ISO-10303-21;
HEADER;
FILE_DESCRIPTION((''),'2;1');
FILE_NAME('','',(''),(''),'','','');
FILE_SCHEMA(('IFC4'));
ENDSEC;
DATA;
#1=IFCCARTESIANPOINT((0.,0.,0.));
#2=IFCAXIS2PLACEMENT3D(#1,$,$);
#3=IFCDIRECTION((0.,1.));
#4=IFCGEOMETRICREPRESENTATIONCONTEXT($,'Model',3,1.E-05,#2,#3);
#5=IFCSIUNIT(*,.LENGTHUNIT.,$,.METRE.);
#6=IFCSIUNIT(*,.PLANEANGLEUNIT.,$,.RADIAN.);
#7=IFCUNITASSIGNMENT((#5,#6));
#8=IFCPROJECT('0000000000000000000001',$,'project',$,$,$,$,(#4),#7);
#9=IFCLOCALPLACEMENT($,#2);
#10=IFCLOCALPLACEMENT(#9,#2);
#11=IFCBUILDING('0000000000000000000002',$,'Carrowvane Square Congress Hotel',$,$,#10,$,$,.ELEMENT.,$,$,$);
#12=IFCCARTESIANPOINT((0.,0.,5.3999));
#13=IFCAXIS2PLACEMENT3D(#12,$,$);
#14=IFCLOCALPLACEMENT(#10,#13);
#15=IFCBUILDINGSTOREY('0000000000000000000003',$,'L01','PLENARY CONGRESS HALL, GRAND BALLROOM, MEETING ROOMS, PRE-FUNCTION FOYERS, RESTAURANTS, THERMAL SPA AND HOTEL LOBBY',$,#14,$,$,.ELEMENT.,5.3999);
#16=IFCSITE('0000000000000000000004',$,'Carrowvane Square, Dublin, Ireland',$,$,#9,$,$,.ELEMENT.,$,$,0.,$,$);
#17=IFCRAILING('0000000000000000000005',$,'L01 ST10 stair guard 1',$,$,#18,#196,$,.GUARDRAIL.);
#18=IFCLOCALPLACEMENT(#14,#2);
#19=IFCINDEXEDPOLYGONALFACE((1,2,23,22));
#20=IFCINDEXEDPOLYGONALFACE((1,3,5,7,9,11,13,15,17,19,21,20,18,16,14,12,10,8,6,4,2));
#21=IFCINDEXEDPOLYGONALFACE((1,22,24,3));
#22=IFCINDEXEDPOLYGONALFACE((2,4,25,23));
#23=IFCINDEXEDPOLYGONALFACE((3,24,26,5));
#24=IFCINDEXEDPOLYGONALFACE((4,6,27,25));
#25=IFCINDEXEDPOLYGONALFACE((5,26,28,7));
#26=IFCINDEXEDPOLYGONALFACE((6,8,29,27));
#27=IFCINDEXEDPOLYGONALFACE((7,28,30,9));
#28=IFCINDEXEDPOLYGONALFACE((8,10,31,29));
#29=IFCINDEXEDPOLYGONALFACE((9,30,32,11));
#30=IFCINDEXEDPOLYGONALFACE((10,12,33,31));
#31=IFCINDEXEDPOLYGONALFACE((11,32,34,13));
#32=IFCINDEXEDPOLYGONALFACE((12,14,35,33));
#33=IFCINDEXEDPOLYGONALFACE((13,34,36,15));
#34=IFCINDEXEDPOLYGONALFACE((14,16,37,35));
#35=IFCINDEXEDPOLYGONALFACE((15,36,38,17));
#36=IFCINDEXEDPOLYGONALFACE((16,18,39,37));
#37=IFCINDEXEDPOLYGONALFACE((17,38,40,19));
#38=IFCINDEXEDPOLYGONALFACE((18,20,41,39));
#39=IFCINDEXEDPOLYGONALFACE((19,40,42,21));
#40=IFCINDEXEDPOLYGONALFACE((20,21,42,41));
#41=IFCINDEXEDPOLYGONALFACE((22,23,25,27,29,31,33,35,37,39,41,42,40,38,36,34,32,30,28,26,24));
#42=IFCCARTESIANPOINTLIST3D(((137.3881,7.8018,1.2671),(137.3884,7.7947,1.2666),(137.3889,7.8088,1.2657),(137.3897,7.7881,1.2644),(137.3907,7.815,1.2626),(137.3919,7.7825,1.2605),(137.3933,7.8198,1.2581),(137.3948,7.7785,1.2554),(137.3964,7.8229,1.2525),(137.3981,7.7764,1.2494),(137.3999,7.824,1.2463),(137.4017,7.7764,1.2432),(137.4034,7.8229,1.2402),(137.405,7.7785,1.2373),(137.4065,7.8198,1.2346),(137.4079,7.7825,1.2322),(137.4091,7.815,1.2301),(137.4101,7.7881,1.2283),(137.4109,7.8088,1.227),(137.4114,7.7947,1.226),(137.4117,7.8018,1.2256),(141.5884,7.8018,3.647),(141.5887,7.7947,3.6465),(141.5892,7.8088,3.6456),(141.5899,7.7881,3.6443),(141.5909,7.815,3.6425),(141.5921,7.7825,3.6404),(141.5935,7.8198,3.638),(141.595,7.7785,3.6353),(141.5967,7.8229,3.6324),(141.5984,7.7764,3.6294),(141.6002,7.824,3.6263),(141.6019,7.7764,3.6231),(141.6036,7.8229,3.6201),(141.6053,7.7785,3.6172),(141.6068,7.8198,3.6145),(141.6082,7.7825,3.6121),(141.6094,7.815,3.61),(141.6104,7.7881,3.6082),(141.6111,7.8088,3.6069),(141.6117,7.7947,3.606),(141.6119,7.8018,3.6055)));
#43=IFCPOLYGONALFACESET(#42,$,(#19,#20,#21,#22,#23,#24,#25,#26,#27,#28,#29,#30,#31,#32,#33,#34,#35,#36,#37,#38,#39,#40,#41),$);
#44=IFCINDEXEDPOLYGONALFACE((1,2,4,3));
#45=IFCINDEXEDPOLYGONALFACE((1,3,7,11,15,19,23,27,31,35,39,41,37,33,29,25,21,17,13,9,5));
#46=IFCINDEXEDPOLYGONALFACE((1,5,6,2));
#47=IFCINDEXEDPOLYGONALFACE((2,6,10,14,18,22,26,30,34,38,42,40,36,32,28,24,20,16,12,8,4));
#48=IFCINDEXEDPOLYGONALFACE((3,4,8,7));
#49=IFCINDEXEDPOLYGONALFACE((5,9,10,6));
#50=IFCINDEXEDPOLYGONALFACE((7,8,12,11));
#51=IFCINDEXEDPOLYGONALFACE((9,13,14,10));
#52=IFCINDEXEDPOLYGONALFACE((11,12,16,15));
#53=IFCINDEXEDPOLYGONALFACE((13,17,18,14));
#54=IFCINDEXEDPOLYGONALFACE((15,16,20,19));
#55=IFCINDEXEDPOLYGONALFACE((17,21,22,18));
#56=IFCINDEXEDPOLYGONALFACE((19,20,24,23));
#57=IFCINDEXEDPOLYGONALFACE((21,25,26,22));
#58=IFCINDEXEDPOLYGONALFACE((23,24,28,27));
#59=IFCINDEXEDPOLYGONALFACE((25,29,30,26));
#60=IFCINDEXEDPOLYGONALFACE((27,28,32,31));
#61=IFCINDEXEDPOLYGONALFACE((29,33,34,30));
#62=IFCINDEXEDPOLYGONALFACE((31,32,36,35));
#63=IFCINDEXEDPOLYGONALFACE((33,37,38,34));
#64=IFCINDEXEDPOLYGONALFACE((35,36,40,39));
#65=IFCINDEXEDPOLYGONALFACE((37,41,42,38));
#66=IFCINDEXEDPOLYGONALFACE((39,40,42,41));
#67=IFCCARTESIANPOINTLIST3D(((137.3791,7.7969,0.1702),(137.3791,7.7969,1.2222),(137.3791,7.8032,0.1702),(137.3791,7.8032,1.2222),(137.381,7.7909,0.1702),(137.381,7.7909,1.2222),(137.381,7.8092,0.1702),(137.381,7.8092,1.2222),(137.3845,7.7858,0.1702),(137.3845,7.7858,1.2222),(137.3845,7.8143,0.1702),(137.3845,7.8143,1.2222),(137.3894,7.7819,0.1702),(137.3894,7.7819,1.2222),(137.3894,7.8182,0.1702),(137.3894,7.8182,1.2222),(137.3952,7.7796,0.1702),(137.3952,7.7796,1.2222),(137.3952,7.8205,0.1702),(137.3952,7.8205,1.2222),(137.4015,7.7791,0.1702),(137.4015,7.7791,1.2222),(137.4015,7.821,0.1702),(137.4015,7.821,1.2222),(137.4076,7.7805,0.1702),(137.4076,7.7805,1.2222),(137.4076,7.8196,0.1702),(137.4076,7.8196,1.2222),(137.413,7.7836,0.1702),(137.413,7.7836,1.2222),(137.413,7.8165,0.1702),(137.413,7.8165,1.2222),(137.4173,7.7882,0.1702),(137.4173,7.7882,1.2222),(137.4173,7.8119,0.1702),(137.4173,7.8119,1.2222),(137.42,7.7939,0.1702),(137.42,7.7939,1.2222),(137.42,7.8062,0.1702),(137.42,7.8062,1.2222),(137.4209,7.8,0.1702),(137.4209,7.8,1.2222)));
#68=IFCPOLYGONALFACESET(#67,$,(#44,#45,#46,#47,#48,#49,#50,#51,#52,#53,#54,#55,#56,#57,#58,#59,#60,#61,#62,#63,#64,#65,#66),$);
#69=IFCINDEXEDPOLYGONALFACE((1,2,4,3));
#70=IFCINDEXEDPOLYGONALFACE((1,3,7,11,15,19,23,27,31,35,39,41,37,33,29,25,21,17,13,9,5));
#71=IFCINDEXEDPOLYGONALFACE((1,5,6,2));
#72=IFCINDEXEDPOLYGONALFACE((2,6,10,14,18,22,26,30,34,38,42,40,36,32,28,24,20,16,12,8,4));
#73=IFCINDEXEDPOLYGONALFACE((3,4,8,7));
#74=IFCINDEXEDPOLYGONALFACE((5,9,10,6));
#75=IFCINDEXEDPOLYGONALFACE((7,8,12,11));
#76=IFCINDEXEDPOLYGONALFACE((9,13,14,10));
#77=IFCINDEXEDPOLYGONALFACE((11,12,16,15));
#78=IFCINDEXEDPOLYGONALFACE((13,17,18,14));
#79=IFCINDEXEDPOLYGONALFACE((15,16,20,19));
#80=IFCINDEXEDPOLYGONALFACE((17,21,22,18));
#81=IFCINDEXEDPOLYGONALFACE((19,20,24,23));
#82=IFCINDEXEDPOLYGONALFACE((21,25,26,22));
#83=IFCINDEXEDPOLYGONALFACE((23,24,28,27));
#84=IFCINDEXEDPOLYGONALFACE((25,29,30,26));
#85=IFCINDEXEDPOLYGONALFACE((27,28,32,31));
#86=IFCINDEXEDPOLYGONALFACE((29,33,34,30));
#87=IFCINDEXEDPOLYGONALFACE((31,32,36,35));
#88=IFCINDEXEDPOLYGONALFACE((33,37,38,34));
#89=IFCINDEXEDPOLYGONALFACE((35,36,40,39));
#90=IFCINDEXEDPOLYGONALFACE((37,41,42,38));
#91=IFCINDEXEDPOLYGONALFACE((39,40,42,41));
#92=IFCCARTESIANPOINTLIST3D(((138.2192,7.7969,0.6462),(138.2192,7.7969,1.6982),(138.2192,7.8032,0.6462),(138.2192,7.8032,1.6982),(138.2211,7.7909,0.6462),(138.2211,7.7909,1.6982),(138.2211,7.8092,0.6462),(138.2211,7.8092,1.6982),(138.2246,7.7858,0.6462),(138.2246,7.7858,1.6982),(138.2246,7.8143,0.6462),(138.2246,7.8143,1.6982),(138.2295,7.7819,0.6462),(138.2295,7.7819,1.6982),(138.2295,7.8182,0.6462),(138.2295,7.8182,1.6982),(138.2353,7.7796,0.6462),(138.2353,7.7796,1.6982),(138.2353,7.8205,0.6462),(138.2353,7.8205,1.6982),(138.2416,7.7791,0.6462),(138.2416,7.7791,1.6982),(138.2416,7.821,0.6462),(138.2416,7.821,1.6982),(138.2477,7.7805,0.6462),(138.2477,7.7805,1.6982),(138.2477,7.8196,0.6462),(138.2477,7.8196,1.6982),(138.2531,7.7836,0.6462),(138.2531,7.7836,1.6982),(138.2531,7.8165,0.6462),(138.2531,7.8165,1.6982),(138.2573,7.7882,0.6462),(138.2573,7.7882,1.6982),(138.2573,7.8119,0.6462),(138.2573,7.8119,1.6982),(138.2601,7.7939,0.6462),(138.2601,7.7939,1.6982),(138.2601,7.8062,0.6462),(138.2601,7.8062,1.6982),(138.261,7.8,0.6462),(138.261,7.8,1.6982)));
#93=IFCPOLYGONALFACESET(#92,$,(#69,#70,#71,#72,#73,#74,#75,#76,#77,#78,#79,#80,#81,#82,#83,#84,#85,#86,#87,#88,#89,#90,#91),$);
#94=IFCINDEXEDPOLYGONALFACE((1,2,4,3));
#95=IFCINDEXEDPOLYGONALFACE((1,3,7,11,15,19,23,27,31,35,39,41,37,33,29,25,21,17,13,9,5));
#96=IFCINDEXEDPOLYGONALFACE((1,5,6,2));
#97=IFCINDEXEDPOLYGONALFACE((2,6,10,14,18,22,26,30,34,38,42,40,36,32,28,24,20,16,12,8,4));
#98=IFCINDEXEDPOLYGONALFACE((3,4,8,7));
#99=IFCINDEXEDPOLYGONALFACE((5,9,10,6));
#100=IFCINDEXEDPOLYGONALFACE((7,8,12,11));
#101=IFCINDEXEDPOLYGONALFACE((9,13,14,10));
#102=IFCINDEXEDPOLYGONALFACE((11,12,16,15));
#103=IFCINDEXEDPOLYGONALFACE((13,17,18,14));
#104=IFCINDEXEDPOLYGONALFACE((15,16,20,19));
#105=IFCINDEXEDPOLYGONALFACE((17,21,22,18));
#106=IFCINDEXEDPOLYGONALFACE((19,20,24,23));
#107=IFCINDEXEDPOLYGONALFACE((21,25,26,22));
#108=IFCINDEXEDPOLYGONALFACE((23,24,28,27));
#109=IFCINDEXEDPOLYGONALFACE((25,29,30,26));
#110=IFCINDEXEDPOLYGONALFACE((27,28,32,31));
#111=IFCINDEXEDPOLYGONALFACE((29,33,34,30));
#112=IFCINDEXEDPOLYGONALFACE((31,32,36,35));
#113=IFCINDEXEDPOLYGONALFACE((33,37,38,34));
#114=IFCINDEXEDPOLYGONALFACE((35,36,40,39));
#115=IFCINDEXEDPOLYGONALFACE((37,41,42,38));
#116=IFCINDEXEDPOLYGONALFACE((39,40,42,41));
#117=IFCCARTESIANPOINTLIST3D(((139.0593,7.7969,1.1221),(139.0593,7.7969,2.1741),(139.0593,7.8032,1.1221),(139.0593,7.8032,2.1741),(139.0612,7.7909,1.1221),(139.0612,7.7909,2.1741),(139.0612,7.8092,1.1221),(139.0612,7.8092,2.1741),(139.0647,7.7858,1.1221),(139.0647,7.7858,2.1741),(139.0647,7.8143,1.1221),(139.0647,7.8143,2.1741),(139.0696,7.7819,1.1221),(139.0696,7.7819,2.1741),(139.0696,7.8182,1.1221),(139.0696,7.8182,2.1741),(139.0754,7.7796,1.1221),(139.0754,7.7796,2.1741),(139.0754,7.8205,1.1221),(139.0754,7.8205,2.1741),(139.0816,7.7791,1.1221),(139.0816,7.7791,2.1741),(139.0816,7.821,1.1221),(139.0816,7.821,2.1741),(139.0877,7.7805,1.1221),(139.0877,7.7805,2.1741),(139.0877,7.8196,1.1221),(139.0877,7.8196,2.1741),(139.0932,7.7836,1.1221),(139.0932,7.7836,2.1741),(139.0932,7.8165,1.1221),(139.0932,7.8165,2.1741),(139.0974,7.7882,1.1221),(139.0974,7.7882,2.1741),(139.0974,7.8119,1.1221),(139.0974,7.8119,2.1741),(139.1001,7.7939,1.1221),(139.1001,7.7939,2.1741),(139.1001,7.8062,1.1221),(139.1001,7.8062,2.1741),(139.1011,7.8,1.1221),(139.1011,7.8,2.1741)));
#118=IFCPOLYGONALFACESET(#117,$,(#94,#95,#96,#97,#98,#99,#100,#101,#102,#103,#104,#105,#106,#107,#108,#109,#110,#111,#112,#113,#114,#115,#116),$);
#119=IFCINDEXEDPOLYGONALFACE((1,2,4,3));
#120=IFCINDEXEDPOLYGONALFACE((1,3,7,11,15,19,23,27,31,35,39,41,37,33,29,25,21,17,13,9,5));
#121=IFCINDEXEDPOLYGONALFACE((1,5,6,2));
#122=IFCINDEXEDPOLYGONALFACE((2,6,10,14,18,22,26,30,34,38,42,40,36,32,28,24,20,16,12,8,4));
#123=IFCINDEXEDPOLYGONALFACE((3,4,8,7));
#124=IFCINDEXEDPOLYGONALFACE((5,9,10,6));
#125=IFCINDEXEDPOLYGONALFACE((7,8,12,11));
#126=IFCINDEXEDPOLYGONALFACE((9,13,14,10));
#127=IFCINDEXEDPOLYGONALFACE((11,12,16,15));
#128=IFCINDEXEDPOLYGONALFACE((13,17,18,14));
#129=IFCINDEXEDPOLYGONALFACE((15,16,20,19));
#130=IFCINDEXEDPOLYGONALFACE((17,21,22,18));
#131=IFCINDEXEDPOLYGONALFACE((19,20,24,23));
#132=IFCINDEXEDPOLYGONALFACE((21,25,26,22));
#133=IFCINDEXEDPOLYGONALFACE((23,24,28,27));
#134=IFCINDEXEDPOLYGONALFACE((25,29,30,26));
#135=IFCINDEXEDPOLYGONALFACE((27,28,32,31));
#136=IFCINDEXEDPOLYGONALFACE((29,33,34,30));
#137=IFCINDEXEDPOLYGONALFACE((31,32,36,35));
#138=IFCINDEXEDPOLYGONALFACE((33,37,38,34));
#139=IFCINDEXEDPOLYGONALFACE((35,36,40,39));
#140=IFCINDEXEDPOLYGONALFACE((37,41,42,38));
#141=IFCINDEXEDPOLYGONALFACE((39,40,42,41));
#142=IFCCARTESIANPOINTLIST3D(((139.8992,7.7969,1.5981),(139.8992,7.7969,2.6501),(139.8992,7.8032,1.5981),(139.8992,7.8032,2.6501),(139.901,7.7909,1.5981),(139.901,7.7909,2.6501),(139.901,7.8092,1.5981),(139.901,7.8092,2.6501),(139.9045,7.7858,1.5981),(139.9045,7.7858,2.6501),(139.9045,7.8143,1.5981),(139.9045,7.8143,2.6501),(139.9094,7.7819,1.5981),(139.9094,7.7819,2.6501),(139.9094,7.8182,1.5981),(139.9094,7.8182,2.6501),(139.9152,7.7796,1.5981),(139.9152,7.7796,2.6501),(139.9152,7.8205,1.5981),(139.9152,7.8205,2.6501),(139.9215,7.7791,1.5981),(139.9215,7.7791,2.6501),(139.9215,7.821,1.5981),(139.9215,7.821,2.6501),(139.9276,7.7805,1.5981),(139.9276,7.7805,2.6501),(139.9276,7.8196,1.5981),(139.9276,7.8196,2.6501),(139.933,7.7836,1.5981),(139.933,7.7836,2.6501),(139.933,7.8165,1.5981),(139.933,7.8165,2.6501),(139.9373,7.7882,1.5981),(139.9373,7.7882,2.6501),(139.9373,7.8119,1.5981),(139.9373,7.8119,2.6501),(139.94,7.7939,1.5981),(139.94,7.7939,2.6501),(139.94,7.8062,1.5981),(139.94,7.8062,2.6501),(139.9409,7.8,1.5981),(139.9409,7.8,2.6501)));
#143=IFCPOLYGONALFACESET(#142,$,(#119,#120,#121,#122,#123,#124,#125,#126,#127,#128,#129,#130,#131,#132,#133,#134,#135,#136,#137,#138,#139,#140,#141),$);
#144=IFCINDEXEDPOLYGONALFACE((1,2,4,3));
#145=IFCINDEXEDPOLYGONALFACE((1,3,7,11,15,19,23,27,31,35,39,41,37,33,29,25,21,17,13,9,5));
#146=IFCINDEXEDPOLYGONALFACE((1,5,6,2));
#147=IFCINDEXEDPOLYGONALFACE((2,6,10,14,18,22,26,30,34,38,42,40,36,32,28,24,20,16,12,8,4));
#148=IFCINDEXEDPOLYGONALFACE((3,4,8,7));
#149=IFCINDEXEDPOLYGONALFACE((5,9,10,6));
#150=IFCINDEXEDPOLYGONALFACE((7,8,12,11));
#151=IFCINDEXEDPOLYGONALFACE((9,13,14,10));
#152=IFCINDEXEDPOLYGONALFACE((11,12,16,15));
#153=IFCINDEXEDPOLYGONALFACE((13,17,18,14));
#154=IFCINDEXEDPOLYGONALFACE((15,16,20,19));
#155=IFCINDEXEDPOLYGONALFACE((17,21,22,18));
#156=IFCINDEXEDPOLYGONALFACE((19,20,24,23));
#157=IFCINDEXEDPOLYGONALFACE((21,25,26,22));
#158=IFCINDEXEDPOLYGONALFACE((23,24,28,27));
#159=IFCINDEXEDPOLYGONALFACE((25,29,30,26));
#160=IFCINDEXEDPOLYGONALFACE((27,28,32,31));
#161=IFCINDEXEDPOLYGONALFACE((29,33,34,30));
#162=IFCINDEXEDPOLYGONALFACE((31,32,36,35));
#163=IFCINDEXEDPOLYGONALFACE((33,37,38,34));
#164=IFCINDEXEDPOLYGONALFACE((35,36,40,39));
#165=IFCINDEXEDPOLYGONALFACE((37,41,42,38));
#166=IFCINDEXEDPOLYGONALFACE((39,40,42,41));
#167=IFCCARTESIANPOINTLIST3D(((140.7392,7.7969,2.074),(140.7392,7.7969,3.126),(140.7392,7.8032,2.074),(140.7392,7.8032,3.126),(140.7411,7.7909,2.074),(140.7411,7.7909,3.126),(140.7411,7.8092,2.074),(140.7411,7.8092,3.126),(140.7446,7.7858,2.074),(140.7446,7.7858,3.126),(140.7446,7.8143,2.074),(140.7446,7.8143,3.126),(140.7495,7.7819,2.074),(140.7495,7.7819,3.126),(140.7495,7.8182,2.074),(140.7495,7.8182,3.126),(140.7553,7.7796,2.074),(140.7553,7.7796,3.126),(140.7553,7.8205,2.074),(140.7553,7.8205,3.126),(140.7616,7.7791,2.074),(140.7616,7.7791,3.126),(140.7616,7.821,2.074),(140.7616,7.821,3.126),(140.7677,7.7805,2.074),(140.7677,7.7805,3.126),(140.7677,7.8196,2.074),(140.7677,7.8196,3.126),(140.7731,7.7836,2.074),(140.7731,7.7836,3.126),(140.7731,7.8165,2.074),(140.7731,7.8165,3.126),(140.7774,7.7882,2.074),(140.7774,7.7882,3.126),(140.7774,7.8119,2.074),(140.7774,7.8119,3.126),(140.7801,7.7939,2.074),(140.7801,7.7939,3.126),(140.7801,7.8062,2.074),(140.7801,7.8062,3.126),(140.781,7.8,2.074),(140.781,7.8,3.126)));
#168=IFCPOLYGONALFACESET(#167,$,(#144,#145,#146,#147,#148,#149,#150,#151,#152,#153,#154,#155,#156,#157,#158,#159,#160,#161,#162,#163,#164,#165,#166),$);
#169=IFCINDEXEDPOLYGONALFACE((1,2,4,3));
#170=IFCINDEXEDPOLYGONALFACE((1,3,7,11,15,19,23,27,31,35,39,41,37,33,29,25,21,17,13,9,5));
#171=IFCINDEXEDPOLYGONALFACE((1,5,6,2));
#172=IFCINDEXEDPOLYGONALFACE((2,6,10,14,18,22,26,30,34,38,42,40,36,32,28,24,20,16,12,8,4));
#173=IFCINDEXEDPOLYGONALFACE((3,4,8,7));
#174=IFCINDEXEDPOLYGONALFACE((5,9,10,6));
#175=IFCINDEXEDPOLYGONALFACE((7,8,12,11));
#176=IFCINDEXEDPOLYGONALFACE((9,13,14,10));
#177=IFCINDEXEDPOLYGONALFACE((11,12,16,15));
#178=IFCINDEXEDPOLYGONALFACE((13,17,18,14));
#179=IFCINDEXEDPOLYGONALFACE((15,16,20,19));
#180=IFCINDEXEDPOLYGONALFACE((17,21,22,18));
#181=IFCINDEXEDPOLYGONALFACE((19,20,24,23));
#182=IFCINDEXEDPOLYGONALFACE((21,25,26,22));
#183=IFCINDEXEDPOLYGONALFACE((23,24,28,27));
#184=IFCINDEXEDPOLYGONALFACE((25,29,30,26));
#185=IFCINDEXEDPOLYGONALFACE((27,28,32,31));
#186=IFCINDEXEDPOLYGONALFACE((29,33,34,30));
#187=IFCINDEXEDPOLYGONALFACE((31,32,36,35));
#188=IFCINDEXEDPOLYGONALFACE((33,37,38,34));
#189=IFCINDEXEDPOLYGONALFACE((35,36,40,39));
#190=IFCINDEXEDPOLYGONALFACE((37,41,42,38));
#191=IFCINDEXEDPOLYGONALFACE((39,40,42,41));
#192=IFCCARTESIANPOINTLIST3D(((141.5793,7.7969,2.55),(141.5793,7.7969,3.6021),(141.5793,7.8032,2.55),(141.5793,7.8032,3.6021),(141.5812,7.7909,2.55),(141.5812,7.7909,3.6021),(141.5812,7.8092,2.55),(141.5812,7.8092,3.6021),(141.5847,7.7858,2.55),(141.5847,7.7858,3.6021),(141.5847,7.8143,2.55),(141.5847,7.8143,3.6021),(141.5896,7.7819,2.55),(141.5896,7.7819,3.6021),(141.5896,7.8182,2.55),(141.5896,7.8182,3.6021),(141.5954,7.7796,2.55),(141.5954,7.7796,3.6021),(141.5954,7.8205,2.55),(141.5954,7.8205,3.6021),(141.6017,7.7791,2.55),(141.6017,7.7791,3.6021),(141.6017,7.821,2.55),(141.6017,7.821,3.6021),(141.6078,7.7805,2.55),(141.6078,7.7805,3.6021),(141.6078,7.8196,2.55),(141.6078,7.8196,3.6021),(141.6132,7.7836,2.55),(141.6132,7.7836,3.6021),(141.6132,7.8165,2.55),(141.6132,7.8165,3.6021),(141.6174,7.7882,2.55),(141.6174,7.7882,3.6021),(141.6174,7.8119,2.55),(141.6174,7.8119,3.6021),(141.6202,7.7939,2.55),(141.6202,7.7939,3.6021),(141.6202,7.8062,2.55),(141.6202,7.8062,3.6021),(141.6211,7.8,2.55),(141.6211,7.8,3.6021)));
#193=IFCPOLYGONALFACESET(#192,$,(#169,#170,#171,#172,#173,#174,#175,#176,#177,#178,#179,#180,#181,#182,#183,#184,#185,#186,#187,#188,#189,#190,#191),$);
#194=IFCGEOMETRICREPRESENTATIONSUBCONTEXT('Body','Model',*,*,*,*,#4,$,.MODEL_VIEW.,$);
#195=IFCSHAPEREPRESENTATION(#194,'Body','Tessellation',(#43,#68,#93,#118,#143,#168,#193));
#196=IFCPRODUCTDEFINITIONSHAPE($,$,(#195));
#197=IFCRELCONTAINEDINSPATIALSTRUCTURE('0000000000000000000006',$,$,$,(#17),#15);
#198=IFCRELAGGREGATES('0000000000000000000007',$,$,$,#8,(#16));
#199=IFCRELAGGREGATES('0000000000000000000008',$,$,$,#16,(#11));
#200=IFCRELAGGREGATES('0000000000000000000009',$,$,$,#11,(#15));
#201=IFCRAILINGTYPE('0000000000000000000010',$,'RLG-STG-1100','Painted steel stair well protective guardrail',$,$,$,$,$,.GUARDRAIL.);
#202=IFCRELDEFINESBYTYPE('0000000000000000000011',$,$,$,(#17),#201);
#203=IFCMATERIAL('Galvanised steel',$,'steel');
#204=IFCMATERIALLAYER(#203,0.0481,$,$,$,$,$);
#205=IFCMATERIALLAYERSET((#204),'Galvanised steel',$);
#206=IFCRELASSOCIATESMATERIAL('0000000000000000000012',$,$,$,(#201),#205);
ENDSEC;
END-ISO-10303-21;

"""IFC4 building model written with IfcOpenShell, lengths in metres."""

from ifc_helpers import new_model, si_unit, direction, frame, origin, origin_2d, place, context, subcontext, project, spatial, circle, extrude, material, layer, layer_set, type_object, element, save


model = new_model("IFC4")

# Units and contexts
model_context = context("Model", 3, precision=1e-05, world=origin(), true_north=direction((0.0, 1.0)))
body_context = subcontext(model_context, "Body", "Model", "MODEL_VIEW")
ifc_project = project(units=[si_unit("LENGTHUNIT", "METRE"), si_unit("PLANEANGLEUNIT", "RADIAN")], contexts=[model_context])

# Site, building, storey
site_placement = place(None, origin())
site = spatial("IfcSite", under=ifc_project, at=site_placement, Name="Carrowvane Square, Dublin, Ireland", CompositionType="ELEMENT", RefElevation=0.0)
building_placement = place(site_placement, origin())
building = spatial("IfcBuilding", under=site, at=building_placement, Name="Carrowvane Square Congress Hotel", CompositionType="ELEMENT")
storey_placement = place(building_placement, frame((0.0, 0.0, 5.3999)))
storey = spatial("IfcBuildingStorey", under=building, at=storey_placement, Name="L01", Description="PLENARY CONGRESS HALL, GRAND BALLROOM, MEETING ROOMS, PRE-FUNCTION FOYERS, RESTAURANTS, THERMAL SPA AND HOTEL LOBBY", CompositionType="ELEMENT", Elevation=5.3999)

# Railing
ifc_material_1 = material(Name="Galvanised steel", Category="steel")
ifc_layer_1 = layer(ifc_material_1, 0.0481)
ifc_layer_set_1 = layer_set([ifc_layer_1], Name="Galvanised steel")
railing_type_1 = type_object("IfcRailingType", Name="RLG-STG-1100", Description="Painted steel stair well protective guardrail", PredefinedType="GUARDRAIL", material=ifc_layer_set_1)
railing_1_placement = place(storey_placement, frame((137.3999, 7.8, 0.1702)))
element("IfcRailing", 1, at=railing_1_placement, inside=storey, type_object=railing_type_1, Name="L01 ST10 stair guard 1", PredefinedType="GUARDRAIL", context=body_context, shape_type="SweptSolid", body=[
    extrude(circle(Radius=0.0239, at=origin_2d()), frame((0.0, 0.0, 1.0762), z_axis=(0.870042, 0.0, 0.492977), x_axis=(0.0, 1.0, 0.0)), (0.0, 0.0, 1.0), 4.8276),
    extrude(circle(Radius=0.021, at=origin_2d()), origin(), (0.0, 0.0, 1.0), 1.052),
    extrude(circle(Radius=0.021, at=origin_2d()), frame((0.8401, 0.0, 0.4761)), (0.0, 0.0, 1.0), 1.052),
    extrude(circle(Radius=0.021, at=origin_2d()), frame((1.6802, 0.0, 0.9519)), (0.0, 0.0, 1.0), 1.052),
    extrude(circle(Radius=0.021, at=origin_2d()), frame((2.52, 0.0, 1.428)), (0.0, 0.0, 1.0), 1.052),
    extrude(circle(Radius=0.021, at=origin_2d()), frame((3.3601, 0.0, 1.9038)), (0.0, 0.0, 1.0), 1.052),
    extrude(circle(Radius=0.021, at=origin_2d()), frame((4.2002, 0.0, 2.3799)), (0.0, 0.0, 1.0), 1.052),
])

save(model, "model.ifc")
